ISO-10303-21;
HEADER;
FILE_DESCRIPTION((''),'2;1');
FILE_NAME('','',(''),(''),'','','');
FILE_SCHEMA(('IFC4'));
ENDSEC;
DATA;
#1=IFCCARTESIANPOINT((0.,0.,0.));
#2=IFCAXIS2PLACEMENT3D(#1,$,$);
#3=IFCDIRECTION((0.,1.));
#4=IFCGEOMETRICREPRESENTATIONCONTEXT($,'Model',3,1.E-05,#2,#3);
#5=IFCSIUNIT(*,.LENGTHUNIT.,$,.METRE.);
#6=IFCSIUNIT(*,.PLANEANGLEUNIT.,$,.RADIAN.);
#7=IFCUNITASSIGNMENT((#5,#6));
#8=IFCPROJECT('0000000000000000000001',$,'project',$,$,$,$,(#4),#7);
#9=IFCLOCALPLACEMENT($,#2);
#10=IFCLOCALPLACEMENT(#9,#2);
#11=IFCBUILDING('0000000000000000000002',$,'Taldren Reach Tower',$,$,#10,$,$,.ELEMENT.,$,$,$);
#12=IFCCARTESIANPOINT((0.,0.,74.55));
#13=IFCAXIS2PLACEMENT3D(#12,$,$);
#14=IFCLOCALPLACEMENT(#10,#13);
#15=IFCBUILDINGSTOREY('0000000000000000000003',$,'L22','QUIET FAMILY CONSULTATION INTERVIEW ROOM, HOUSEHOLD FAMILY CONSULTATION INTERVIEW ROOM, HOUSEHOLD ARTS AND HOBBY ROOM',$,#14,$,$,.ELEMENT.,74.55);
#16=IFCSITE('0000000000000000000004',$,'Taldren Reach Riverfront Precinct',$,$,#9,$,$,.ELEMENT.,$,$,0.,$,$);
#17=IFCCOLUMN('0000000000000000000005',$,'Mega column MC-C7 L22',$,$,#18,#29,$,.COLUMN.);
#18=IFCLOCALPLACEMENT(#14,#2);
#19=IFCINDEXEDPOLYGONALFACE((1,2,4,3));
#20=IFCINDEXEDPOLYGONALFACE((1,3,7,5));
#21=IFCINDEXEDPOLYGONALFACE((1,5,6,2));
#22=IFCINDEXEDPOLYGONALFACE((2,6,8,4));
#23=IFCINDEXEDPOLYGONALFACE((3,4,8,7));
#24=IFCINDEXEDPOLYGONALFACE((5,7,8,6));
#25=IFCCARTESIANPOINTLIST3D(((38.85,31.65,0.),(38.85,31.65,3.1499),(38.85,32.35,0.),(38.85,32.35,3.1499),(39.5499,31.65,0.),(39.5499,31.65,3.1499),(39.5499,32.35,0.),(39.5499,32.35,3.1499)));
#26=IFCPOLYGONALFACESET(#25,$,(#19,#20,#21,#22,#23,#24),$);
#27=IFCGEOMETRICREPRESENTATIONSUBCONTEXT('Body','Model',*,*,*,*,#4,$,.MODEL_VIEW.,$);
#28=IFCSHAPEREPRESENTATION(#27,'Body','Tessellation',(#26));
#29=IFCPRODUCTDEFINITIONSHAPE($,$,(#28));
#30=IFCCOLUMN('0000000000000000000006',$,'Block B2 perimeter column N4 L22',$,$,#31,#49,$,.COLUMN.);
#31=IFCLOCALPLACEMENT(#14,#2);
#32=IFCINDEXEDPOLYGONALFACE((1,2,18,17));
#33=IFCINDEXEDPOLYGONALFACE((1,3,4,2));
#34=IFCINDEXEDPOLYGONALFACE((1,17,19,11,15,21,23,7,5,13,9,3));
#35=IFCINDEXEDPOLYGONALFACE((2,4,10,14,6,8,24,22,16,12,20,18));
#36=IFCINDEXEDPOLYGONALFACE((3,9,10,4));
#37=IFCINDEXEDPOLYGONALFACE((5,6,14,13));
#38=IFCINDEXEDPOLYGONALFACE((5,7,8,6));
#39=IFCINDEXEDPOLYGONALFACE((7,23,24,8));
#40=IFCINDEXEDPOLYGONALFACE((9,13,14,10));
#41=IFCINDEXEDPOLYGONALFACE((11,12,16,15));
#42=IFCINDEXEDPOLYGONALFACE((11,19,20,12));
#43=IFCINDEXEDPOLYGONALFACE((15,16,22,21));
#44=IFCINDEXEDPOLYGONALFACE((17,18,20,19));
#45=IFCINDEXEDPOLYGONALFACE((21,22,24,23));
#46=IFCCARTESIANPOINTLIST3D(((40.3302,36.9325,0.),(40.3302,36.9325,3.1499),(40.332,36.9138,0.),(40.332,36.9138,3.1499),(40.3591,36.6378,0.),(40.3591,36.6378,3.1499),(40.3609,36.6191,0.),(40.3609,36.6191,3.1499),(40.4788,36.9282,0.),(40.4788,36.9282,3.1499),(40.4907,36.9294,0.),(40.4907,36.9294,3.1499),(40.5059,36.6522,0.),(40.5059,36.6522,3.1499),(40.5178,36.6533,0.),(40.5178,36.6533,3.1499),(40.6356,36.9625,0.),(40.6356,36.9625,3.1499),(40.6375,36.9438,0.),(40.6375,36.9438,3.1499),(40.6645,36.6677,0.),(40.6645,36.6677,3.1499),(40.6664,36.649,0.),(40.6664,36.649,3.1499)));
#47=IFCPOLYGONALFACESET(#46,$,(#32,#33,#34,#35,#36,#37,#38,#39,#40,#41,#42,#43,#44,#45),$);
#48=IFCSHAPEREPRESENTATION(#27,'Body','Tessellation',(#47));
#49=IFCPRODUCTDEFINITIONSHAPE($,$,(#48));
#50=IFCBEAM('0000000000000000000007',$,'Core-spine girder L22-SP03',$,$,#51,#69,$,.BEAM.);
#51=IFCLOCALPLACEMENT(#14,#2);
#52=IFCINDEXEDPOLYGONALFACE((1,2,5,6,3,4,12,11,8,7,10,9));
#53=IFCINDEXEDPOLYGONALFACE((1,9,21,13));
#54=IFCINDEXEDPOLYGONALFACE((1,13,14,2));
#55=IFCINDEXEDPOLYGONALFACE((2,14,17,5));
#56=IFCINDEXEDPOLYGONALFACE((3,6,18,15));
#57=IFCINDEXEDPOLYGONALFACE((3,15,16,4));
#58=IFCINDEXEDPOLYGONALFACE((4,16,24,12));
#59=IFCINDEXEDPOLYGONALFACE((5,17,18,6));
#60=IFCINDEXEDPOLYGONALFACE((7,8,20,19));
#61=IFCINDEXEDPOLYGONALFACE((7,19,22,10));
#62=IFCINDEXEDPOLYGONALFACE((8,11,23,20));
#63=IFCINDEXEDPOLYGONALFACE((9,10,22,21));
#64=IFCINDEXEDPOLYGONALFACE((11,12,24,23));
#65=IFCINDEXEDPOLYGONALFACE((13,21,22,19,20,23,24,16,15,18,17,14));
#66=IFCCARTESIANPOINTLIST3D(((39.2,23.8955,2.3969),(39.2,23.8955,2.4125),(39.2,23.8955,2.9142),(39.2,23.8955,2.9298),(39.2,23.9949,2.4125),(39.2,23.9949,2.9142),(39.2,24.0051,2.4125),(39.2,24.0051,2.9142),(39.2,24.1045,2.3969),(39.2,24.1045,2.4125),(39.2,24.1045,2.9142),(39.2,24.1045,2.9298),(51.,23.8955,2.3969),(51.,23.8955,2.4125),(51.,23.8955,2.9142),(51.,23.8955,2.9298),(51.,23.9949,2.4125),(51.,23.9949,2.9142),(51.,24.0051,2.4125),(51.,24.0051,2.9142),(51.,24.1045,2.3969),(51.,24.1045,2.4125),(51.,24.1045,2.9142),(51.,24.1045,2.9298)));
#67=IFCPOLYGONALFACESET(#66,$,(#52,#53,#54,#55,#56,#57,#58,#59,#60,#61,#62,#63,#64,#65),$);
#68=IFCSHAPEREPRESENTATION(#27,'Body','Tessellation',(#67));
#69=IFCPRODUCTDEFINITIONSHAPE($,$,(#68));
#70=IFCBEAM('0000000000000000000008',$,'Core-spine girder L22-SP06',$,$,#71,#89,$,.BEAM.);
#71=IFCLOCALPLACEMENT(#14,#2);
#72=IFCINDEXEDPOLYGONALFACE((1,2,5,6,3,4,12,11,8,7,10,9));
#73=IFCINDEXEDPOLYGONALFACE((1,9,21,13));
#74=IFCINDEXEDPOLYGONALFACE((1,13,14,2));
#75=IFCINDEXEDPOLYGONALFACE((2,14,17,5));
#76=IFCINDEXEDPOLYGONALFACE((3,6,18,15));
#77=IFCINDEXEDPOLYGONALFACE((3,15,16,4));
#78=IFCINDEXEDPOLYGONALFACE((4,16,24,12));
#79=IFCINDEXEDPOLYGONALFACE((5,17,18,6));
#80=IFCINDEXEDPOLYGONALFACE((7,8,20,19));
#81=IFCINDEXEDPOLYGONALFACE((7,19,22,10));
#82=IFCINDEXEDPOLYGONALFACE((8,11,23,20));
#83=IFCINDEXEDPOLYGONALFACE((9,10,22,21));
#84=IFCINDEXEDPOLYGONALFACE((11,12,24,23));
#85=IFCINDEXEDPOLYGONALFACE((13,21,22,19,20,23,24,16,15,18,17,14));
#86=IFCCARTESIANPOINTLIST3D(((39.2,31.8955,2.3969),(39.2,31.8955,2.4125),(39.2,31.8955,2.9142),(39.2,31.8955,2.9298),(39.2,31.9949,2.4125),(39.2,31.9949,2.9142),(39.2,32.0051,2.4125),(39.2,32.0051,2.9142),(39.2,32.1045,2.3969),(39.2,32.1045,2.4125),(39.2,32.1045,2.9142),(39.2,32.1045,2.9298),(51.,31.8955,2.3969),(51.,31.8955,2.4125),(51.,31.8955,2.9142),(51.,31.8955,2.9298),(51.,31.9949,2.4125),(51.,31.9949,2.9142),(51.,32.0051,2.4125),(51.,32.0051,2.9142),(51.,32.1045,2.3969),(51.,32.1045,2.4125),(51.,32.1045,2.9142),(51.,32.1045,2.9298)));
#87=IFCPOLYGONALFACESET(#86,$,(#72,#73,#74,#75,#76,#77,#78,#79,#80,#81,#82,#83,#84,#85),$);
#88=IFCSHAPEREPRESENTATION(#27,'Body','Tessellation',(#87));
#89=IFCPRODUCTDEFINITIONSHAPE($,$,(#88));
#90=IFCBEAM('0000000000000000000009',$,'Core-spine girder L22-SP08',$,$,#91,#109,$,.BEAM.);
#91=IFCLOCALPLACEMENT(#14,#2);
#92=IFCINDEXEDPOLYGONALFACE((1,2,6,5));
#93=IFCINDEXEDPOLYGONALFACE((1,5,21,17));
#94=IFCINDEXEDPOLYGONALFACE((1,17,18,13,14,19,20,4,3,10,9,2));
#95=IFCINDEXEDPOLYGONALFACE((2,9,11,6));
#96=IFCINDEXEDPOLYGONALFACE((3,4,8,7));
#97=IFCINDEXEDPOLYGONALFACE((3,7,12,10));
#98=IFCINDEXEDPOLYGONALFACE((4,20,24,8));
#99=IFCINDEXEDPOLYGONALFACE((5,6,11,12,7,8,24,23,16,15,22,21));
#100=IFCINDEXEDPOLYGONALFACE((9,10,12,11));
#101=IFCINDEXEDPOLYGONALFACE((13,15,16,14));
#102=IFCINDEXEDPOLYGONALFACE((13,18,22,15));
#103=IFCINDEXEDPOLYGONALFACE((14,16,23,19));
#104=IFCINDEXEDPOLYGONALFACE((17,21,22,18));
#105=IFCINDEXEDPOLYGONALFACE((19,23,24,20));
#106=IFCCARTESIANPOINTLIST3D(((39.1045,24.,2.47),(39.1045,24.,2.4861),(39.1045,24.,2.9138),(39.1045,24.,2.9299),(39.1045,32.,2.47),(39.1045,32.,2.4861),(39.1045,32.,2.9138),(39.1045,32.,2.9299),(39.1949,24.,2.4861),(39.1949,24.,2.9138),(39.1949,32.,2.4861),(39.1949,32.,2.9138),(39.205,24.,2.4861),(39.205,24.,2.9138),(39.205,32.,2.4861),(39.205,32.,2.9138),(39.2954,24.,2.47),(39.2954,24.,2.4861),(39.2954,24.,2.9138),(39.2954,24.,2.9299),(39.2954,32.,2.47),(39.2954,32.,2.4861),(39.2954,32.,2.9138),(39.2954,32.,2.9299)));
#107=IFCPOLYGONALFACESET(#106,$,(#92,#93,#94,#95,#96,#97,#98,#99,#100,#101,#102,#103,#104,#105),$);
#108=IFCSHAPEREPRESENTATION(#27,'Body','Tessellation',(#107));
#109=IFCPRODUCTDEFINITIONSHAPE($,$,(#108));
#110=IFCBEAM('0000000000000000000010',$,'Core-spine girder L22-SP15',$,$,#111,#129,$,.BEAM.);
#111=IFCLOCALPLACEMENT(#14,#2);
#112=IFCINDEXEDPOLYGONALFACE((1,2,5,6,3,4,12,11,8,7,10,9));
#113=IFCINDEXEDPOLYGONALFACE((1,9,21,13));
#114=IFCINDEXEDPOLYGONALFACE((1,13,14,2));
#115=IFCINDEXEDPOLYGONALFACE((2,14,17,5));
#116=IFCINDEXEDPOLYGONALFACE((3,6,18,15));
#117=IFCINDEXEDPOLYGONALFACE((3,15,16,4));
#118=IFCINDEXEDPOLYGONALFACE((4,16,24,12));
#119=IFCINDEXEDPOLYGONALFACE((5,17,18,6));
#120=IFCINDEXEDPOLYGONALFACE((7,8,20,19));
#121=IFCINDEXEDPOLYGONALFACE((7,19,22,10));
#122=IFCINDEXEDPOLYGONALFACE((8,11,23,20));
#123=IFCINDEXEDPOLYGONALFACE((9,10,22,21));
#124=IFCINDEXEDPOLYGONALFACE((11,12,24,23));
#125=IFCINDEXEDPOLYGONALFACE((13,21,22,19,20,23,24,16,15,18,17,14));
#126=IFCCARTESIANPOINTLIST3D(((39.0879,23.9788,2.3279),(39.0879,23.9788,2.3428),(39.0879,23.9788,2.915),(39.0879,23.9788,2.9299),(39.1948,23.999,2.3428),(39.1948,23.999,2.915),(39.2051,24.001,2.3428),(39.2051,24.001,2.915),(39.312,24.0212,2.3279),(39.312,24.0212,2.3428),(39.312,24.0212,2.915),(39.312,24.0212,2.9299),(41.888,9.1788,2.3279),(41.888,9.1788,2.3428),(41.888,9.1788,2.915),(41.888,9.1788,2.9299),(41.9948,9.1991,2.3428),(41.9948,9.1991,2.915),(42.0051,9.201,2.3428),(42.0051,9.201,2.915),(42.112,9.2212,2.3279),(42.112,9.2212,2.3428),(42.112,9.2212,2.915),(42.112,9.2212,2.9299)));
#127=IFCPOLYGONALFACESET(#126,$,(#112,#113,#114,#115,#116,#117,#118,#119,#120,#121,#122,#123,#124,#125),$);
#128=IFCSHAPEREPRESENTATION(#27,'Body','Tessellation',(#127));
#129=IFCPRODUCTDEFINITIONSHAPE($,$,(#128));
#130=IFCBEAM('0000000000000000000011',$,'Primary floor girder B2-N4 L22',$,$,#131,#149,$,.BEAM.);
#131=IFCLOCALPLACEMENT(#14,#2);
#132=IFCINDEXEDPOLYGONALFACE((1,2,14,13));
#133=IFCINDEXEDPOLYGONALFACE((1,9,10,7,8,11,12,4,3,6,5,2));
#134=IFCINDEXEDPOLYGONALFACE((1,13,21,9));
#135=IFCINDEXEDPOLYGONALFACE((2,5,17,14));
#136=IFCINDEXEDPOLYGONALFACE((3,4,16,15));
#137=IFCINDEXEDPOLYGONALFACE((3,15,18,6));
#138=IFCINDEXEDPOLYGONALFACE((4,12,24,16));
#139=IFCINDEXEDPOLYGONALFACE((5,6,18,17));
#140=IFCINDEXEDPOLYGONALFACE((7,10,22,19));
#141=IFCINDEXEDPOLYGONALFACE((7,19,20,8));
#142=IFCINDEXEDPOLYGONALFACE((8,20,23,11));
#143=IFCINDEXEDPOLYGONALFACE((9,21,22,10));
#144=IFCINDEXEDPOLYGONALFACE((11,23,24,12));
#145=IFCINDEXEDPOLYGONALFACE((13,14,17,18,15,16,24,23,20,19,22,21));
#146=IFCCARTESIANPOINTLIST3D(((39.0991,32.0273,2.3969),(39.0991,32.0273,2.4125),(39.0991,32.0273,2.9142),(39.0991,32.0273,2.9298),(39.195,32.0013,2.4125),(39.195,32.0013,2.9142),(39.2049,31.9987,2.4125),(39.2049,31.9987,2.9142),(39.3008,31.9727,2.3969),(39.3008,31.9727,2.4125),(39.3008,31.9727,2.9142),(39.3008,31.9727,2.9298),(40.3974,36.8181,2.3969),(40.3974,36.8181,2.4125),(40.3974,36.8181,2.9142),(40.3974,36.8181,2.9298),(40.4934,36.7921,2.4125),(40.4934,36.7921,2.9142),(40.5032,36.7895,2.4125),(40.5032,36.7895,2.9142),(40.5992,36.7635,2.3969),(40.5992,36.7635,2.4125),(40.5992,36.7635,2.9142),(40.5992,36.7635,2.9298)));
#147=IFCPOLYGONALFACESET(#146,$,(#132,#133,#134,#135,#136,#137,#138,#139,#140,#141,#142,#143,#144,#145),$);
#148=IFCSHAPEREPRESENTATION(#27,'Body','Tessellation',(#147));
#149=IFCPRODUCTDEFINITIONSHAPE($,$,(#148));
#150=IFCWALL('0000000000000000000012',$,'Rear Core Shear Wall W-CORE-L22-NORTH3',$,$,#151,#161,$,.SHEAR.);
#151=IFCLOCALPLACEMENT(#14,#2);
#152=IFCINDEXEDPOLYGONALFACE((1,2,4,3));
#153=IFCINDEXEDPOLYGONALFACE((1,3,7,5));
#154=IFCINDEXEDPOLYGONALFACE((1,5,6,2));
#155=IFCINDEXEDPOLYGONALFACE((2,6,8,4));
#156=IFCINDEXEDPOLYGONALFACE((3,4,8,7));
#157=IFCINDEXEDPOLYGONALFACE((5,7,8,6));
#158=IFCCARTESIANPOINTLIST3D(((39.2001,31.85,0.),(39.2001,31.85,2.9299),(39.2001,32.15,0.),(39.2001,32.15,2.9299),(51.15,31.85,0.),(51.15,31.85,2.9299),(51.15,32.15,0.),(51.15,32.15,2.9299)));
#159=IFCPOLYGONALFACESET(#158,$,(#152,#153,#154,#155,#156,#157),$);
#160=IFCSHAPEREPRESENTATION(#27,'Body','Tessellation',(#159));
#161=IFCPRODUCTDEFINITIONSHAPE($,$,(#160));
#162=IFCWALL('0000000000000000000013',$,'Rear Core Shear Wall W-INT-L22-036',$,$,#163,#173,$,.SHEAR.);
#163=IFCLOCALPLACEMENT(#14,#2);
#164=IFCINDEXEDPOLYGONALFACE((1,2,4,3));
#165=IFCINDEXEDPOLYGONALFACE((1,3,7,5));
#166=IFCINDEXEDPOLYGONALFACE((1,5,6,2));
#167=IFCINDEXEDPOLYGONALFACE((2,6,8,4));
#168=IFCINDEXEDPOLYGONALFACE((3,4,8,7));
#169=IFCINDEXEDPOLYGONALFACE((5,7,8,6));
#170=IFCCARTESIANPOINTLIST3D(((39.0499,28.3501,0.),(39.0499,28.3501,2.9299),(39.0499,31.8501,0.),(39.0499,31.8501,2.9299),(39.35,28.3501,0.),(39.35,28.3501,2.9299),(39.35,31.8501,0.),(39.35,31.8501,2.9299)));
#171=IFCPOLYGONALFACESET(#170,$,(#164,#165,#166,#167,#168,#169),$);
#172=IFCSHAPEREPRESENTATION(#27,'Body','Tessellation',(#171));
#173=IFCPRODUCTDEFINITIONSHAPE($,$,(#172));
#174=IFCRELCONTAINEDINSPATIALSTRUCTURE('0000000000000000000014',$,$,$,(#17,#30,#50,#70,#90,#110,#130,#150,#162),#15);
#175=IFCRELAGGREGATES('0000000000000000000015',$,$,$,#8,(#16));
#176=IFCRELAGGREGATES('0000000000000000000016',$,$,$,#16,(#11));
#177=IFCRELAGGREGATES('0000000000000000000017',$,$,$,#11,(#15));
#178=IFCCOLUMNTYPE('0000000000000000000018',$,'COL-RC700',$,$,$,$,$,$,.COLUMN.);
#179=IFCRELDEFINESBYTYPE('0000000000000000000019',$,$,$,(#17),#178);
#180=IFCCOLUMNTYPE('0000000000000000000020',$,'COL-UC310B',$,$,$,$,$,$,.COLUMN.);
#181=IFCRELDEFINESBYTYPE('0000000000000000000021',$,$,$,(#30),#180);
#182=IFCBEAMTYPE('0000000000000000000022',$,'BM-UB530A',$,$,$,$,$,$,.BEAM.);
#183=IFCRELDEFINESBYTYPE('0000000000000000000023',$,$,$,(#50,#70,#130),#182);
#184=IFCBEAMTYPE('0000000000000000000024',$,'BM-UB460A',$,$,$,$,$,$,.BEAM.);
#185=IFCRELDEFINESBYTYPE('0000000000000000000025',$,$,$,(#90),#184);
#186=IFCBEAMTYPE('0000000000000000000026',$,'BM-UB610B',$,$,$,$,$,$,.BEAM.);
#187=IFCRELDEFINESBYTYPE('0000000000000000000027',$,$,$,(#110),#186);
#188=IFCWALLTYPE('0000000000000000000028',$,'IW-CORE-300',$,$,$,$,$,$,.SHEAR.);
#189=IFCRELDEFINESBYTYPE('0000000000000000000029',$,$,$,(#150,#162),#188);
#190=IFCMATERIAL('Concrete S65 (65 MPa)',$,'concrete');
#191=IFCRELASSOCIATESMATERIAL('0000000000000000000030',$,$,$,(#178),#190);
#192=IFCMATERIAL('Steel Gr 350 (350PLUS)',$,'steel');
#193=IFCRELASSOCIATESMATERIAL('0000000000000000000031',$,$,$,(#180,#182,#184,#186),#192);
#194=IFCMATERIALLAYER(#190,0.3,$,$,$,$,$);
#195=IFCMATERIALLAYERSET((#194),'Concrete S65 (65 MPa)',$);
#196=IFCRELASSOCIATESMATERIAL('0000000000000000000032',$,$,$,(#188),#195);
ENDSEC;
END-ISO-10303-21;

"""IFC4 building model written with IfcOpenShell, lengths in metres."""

from ifc_helpers import new_model, si_unit, direction, frame, frame_2d, origin, origin_2d, place, context, subcontext, project, spatial, rectangle, i_section, extrude, source, transform, mapped, material, layer, layer_set, material_profile, profile_set, type_object, element, save


model = new_model("IFC4")

# Units and contexts
model_context = context("Model", 3, precision=1e-05, world=origin(), true_north=direction((0.0, 1.0)))
body_context = subcontext(model_context, "Body", "Model", "MODEL_VIEW")
ifc_project = project(units=[si_unit("LENGTHUNIT", "METRE"), si_unit("PLANEANGLEUNIT", "RADIAN")], contexts=[model_context])

# Site, building, storey
site_placement = place(None, origin())
site = spatial("IfcSite", under=ifc_project, at=site_placement, Name="Taldren Reach Riverfront Precinct", CompositionType="ELEMENT", RefElevation=0.0)
building_placement = place(site_placement, origin())
building = spatial("IfcBuilding", under=site, at=building_placement, Name="Taldren Reach Tower", CompositionType="ELEMENT")
storey_placement = place(building_placement, frame((0.0, 0.0, 74.55)))
storey = spatial("IfcBuildingStorey", under=building, at=storey_placement, Name="L22", Description="QUIET FAMILY CONSULTATION INTERVIEW ROOM, HOUSEHOLD FAMILY CONSULTATION INTERVIEW ROOM, HOUSEHOLD ARTS AND HOBBY ROOM", CompositionType="ELEMENT", Elevation=74.55)

# Columns
ifc_material_1 = material(Name="Concrete S65 (65 MPa)", Category="concrete")
ifc_material_profile_1 = material_profile(ifc_material_1, rectangle(XDim=0.7, YDim=0.7, at=origin_2d()), Name="RC-700x700")
ifc_profile_set_1 = profile_set([ifc_material_profile_1], Name="Concrete S65 (65 MPa)")
column_type_1 = type_object("IfcColumnType", Name="COL-RC700", PredefinedType="COLUMN", material=ifc_profile_set_1)
shared_shape_1 = source(origin(), body_context, "Body", "SweptSolid", [
    extrude(rectangle(XDim=0.7, YDim=0.7, at=origin_2d()), origin(), (0.0, 0.0, 1.0), 3.1499),
])
column_1_placement = place(storey_placement, frame((39.2, 32.0, 0.0), z_axis=(0.0, 0.0, 1.0), x_axis=(1.0, 0.0, 0.0)))
element("IfcColumn", 1, at=column_1_placement, inside=storey, type_object=column_type_1, Name="Mega column MC-C7 L22", PredefinedType="COLUMN", context=body_context, shape_type="MappedRepresentation", body=[
    mapped(shared_shape_1, transform((0.0, 0.0, 0.0), scale=1.0)),
])
ifc_material_2 = material(Name="Steel Gr 350 (350PLUS)", Category="steel")
ifc_material_profile_2 = material_profile(ifc_material_2, i_section(OverallWidth=0.3069, OverallDepth=0.3149, WebThickness=0.012, FlangeThickness=0.0188, at=origin_2d()), Name="310UC118")
ifc_profile_set_2 = profile_set([ifc_material_profile_2], Name="Steel Gr 350 (350PLUS)")
column_type_2 = type_object("IfcColumnType", Name="COL-UC310B", PredefinedType="COLUMN", material=ifc_profile_set_2)
shared_shape_2 = source(origin(), body_context, "Body", "SweptSolid", [
    extrude(i_section(OverallWidth=0.3069, OverallDepth=0.3149, WebThickness=0.012, FlangeThickness=0.0188, at=origin_2d()), origin(), (0.0, 0.0, 1.0), 3.1499),
])
column_2_placement = place(storey_placement, frame((40.4983, 36.7908, 0.0), z_axis=(0.0, 0.0, 1.0), x_axis=(0.995227, 0.097583, 0.0)))
element("IfcColumn", 2, at=column_2_placement, inside=storey, type_object=column_type_2, Name="Block B2 perimeter column N4 L22", PredefinedType="COLUMN", context=body_context, shape_type="MappedRepresentation", body=[
    mapped(shared_shape_2, transform((0.0, 0.0, 0.0), scale=1.0)),
])

# Beams
ifc_material_profile_3 = material_profile(ifc_material_2, i_section(OverallWidth=0.209, OverallDepth=0.533, WebThickness=0.0103, FlangeThickness=0.0156, at=origin_2d()), Name="530UB92.4")
ifc_profile_set_3 = profile_set([ifc_material_profile_3], Name="Steel Gr 350 (350PLUS)")
beam_type_1 = type_object("IfcBeamType", Name="BM-UB530A", PredefinedType="BEAM", material=ifc_profile_set_3)
shared_shape_3 = source(origin(), body_context, "Body", "SweptSolid", [
    extrude(i_section(OverallWidth=0.209, OverallDepth=0.533, WebThickness=0.0103, FlangeThickness=0.0156, at=origin_2d()), origin(), (0.0, 0.0, 1.0), 11.8),
])
for number, where, z_axis, x_axis, name in (
    (3, (39.2, 24.0, 2.6633), (1.0, 0.0, 0.0), (0.0, 1.0, 0.0), "Core-spine girder L22-SP03"),
    (4, (39.2, 32.0, 2.6633), (1.0, 0.0, 0.0), (0.0, 1.0, 0.0), "Core-spine girder L22-SP06"),
):
    element("IfcBeam", number, at=place(storey_placement, frame(where, z_axis=z_axis, x_axis=x_axis)), inside=storey, type_object=beam_type_1, Name=name, PredefinedType="BEAM", context=body_context, shape_type="MappedRepresentation", body=[
        mapped(shared_shape_3, transform((0.0, 0.0, 0.0), scale=1.0)),
    ])
ifc_material_profile_4 = material_profile(ifc_material_2, i_section(OverallWidth=0.1909, OverallDepth=0.46, WebThickness=0.01, FlangeThickness=0.0161, at=origin_2d()), Name="460UB82.1")
ifc_profile_set_4 = profile_set([ifc_material_profile_4], Name="Steel Gr 350 (350PLUS)")
beam_type_2 = type_object("IfcBeamType", Name="BM-UB460A", PredefinedType="BEAM", material=ifc_profile_set_4)
shared_shape_4 = source(origin(), body_context, "Body", "SweptSolid", [
    extrude(i_section(OverallWidth=0.1909, OverallDepth=0.46, WebThickness=0.01, FlangeThickness=0.0161, at=origin_2d()), origin(), (0.0, 0.0, 1.0), 8.0),
])
beam_1_placement = place(storey_placement, frame((39.2, 24.0, 2.7), z_axis=(0.0, 1.0, 0.0), x_axis=(-1.0, 0.0, 0.0)))
element("IfcBeam", 5, at=beam_1_placement, inside=storey, type_object=beam_type_2, Name="Core-spine girder L22-SP08", PredefinedType="BEAM", context=body_context, shape_type="MappedRepresentation", body=[
    mapped(shared_shape_4, transform((0.0, 0.0, 0.0), scale=1.0)),
])
ifc_material_profile_5 = material_profile(ifc_material_2, i_section(OverallWidth=0.228, OverallDepth=0.6021, WebThickness=0.0105, FlangeThickness=0.0149, at=origin_2d()), Name="610UB101")
ifc_profile_set_5 = profile_set([ifc_material_profile_5], Name="Steel Gr 350 (350PLUS)")
beam_type_3 = type_object("IfcBeamType", Name="BM-UB610B", PredefinedType="BEAM", material=ifc_profile_set_5)
shared_shape_5 = source(origin(), body_context, "Body", "SweptSolid", [
    extrude(i_section(OverallWidth=0.228, OverallDepth=0.6021, WebThickness=0.0105, FlangeThickness=0.0149, at=origin_2d()), origin(), (0.0, 0.0, 1.0), 15.0625),
])
beam_2_placement = place(storey_placement, frame((39.2, 24.0, 2.6289), z_axis=(0.185894, -0.98257, 0.0), x_axis=(0.98257, 0.185894, 0.0)))
element("IfcBeam", 6, at=beam_2_placement, inside=storey, type_object=beam_type_3, Name="Core-spine girder L22-SP15", PredefinedType="BEAM", context=body_context, shape_type="MappedRepresentation", body=[
    mapped(shared_shape_5, transform((0.0, 0.0, 0.0), scale=1.0)),
])
shared_shape_6 = source(origin(), body_context, "Body", "SweptSolid", [
    extrude(i_section(OverallWidth=0.209, OverallDepth=0.533, WebThickness=0.0103, FlangeThickness=0.0156, at=origin_2d()), origin(), (0.0, 0.0, 1.0), 4.9636),
])
beam_3_placement = place(storey_placement, frame((39.2, 32.0, 2.6633), z_axis=(0.261573, 0.965184, 0.0), x_axis=(-0.965184, 0.261573, 0.0)))
element("IfcBeam", 7, at=beam_3_placement, inside=storey, type_object=beam_type_1, Name="Primary floor girder B2-N4 L22", PredefinedType="BEAM", context=body_context, shape_type="MappedRepresentation", body=[
    mapped(shared_shape_6, transform((0.0, 0.0, 0.0), scale=1.0)),
])

# Walls
ifc_layer_1 = layer(ifc_material_1, 0.3)
ifc_layer_set_1 = layer_set([ifc_layer_1], Name="Concrete S65 (65 MPa)")
wall_type_1 = type_object("IfcWallType", Name="IW-CORE-300", PredefinedType="SHEAR", material=ifc_layer_set_1)
shared_shape_7 = source(origin(), body_context, "Body", "SweptSolid", [
    extrude(rectangle(XDim=11.95, YDim=0.3, at=frame_2d((5.9751, 0.0))), origin(), (0.0, 0.0, 1.0), 2.9299),
])
wall_1_placement = place(storey_placement, frame((39.2, 32.0, 0.0), z_axis=(0.0, 0.0, 1.0), x_axis=(1.0, 0.0, 0.0)))
element("IfcWall", 8, at=wall_1_placement, inside=storey, type_object=wall_type_1, Name="Rear Core Shear Wall W-CORE-L22-NORTH3", PredefinedType="SHEAR", context=body_context, shape_type="MappedRepresentation", body=[
    mapped(shared_shape_7, transform((0.0, 0.0, 0.0), scale=1.0)),
])
shared_shape_8 = source(origin(), body_context, "Body", "SweptSolid", [
    extrude(rectangle(XDim=3.5, YDim=0.3, at=frame_2d((1.75, 0.0))), origin(), (0.0, 0.0, 1.0), 2.9299),
])
for number, where, z_axis, x_axis, name in (
    (9, (39.2, 28.3501, 0.0), (0.0, 0.0, 1.0), (0.0, 1.0, 0.0), "Rear Core Shear Wall W-INT-L22-036"),
):
    element("IfcWall", number, at=place(storey_placement, frame(where, z_axis=z_axis, x_axis=x_axis)), inside=storey, type_object=wall_type_1, Name=name, PredefinedType="SHEAR", context=body_context, shape_type="MappedRepresentation", body=[
        mapped(shared_shape_8, transform((0.0, 0.0, 0.0), scale=1.0)),
    ])

save(model, "model.ifc")
